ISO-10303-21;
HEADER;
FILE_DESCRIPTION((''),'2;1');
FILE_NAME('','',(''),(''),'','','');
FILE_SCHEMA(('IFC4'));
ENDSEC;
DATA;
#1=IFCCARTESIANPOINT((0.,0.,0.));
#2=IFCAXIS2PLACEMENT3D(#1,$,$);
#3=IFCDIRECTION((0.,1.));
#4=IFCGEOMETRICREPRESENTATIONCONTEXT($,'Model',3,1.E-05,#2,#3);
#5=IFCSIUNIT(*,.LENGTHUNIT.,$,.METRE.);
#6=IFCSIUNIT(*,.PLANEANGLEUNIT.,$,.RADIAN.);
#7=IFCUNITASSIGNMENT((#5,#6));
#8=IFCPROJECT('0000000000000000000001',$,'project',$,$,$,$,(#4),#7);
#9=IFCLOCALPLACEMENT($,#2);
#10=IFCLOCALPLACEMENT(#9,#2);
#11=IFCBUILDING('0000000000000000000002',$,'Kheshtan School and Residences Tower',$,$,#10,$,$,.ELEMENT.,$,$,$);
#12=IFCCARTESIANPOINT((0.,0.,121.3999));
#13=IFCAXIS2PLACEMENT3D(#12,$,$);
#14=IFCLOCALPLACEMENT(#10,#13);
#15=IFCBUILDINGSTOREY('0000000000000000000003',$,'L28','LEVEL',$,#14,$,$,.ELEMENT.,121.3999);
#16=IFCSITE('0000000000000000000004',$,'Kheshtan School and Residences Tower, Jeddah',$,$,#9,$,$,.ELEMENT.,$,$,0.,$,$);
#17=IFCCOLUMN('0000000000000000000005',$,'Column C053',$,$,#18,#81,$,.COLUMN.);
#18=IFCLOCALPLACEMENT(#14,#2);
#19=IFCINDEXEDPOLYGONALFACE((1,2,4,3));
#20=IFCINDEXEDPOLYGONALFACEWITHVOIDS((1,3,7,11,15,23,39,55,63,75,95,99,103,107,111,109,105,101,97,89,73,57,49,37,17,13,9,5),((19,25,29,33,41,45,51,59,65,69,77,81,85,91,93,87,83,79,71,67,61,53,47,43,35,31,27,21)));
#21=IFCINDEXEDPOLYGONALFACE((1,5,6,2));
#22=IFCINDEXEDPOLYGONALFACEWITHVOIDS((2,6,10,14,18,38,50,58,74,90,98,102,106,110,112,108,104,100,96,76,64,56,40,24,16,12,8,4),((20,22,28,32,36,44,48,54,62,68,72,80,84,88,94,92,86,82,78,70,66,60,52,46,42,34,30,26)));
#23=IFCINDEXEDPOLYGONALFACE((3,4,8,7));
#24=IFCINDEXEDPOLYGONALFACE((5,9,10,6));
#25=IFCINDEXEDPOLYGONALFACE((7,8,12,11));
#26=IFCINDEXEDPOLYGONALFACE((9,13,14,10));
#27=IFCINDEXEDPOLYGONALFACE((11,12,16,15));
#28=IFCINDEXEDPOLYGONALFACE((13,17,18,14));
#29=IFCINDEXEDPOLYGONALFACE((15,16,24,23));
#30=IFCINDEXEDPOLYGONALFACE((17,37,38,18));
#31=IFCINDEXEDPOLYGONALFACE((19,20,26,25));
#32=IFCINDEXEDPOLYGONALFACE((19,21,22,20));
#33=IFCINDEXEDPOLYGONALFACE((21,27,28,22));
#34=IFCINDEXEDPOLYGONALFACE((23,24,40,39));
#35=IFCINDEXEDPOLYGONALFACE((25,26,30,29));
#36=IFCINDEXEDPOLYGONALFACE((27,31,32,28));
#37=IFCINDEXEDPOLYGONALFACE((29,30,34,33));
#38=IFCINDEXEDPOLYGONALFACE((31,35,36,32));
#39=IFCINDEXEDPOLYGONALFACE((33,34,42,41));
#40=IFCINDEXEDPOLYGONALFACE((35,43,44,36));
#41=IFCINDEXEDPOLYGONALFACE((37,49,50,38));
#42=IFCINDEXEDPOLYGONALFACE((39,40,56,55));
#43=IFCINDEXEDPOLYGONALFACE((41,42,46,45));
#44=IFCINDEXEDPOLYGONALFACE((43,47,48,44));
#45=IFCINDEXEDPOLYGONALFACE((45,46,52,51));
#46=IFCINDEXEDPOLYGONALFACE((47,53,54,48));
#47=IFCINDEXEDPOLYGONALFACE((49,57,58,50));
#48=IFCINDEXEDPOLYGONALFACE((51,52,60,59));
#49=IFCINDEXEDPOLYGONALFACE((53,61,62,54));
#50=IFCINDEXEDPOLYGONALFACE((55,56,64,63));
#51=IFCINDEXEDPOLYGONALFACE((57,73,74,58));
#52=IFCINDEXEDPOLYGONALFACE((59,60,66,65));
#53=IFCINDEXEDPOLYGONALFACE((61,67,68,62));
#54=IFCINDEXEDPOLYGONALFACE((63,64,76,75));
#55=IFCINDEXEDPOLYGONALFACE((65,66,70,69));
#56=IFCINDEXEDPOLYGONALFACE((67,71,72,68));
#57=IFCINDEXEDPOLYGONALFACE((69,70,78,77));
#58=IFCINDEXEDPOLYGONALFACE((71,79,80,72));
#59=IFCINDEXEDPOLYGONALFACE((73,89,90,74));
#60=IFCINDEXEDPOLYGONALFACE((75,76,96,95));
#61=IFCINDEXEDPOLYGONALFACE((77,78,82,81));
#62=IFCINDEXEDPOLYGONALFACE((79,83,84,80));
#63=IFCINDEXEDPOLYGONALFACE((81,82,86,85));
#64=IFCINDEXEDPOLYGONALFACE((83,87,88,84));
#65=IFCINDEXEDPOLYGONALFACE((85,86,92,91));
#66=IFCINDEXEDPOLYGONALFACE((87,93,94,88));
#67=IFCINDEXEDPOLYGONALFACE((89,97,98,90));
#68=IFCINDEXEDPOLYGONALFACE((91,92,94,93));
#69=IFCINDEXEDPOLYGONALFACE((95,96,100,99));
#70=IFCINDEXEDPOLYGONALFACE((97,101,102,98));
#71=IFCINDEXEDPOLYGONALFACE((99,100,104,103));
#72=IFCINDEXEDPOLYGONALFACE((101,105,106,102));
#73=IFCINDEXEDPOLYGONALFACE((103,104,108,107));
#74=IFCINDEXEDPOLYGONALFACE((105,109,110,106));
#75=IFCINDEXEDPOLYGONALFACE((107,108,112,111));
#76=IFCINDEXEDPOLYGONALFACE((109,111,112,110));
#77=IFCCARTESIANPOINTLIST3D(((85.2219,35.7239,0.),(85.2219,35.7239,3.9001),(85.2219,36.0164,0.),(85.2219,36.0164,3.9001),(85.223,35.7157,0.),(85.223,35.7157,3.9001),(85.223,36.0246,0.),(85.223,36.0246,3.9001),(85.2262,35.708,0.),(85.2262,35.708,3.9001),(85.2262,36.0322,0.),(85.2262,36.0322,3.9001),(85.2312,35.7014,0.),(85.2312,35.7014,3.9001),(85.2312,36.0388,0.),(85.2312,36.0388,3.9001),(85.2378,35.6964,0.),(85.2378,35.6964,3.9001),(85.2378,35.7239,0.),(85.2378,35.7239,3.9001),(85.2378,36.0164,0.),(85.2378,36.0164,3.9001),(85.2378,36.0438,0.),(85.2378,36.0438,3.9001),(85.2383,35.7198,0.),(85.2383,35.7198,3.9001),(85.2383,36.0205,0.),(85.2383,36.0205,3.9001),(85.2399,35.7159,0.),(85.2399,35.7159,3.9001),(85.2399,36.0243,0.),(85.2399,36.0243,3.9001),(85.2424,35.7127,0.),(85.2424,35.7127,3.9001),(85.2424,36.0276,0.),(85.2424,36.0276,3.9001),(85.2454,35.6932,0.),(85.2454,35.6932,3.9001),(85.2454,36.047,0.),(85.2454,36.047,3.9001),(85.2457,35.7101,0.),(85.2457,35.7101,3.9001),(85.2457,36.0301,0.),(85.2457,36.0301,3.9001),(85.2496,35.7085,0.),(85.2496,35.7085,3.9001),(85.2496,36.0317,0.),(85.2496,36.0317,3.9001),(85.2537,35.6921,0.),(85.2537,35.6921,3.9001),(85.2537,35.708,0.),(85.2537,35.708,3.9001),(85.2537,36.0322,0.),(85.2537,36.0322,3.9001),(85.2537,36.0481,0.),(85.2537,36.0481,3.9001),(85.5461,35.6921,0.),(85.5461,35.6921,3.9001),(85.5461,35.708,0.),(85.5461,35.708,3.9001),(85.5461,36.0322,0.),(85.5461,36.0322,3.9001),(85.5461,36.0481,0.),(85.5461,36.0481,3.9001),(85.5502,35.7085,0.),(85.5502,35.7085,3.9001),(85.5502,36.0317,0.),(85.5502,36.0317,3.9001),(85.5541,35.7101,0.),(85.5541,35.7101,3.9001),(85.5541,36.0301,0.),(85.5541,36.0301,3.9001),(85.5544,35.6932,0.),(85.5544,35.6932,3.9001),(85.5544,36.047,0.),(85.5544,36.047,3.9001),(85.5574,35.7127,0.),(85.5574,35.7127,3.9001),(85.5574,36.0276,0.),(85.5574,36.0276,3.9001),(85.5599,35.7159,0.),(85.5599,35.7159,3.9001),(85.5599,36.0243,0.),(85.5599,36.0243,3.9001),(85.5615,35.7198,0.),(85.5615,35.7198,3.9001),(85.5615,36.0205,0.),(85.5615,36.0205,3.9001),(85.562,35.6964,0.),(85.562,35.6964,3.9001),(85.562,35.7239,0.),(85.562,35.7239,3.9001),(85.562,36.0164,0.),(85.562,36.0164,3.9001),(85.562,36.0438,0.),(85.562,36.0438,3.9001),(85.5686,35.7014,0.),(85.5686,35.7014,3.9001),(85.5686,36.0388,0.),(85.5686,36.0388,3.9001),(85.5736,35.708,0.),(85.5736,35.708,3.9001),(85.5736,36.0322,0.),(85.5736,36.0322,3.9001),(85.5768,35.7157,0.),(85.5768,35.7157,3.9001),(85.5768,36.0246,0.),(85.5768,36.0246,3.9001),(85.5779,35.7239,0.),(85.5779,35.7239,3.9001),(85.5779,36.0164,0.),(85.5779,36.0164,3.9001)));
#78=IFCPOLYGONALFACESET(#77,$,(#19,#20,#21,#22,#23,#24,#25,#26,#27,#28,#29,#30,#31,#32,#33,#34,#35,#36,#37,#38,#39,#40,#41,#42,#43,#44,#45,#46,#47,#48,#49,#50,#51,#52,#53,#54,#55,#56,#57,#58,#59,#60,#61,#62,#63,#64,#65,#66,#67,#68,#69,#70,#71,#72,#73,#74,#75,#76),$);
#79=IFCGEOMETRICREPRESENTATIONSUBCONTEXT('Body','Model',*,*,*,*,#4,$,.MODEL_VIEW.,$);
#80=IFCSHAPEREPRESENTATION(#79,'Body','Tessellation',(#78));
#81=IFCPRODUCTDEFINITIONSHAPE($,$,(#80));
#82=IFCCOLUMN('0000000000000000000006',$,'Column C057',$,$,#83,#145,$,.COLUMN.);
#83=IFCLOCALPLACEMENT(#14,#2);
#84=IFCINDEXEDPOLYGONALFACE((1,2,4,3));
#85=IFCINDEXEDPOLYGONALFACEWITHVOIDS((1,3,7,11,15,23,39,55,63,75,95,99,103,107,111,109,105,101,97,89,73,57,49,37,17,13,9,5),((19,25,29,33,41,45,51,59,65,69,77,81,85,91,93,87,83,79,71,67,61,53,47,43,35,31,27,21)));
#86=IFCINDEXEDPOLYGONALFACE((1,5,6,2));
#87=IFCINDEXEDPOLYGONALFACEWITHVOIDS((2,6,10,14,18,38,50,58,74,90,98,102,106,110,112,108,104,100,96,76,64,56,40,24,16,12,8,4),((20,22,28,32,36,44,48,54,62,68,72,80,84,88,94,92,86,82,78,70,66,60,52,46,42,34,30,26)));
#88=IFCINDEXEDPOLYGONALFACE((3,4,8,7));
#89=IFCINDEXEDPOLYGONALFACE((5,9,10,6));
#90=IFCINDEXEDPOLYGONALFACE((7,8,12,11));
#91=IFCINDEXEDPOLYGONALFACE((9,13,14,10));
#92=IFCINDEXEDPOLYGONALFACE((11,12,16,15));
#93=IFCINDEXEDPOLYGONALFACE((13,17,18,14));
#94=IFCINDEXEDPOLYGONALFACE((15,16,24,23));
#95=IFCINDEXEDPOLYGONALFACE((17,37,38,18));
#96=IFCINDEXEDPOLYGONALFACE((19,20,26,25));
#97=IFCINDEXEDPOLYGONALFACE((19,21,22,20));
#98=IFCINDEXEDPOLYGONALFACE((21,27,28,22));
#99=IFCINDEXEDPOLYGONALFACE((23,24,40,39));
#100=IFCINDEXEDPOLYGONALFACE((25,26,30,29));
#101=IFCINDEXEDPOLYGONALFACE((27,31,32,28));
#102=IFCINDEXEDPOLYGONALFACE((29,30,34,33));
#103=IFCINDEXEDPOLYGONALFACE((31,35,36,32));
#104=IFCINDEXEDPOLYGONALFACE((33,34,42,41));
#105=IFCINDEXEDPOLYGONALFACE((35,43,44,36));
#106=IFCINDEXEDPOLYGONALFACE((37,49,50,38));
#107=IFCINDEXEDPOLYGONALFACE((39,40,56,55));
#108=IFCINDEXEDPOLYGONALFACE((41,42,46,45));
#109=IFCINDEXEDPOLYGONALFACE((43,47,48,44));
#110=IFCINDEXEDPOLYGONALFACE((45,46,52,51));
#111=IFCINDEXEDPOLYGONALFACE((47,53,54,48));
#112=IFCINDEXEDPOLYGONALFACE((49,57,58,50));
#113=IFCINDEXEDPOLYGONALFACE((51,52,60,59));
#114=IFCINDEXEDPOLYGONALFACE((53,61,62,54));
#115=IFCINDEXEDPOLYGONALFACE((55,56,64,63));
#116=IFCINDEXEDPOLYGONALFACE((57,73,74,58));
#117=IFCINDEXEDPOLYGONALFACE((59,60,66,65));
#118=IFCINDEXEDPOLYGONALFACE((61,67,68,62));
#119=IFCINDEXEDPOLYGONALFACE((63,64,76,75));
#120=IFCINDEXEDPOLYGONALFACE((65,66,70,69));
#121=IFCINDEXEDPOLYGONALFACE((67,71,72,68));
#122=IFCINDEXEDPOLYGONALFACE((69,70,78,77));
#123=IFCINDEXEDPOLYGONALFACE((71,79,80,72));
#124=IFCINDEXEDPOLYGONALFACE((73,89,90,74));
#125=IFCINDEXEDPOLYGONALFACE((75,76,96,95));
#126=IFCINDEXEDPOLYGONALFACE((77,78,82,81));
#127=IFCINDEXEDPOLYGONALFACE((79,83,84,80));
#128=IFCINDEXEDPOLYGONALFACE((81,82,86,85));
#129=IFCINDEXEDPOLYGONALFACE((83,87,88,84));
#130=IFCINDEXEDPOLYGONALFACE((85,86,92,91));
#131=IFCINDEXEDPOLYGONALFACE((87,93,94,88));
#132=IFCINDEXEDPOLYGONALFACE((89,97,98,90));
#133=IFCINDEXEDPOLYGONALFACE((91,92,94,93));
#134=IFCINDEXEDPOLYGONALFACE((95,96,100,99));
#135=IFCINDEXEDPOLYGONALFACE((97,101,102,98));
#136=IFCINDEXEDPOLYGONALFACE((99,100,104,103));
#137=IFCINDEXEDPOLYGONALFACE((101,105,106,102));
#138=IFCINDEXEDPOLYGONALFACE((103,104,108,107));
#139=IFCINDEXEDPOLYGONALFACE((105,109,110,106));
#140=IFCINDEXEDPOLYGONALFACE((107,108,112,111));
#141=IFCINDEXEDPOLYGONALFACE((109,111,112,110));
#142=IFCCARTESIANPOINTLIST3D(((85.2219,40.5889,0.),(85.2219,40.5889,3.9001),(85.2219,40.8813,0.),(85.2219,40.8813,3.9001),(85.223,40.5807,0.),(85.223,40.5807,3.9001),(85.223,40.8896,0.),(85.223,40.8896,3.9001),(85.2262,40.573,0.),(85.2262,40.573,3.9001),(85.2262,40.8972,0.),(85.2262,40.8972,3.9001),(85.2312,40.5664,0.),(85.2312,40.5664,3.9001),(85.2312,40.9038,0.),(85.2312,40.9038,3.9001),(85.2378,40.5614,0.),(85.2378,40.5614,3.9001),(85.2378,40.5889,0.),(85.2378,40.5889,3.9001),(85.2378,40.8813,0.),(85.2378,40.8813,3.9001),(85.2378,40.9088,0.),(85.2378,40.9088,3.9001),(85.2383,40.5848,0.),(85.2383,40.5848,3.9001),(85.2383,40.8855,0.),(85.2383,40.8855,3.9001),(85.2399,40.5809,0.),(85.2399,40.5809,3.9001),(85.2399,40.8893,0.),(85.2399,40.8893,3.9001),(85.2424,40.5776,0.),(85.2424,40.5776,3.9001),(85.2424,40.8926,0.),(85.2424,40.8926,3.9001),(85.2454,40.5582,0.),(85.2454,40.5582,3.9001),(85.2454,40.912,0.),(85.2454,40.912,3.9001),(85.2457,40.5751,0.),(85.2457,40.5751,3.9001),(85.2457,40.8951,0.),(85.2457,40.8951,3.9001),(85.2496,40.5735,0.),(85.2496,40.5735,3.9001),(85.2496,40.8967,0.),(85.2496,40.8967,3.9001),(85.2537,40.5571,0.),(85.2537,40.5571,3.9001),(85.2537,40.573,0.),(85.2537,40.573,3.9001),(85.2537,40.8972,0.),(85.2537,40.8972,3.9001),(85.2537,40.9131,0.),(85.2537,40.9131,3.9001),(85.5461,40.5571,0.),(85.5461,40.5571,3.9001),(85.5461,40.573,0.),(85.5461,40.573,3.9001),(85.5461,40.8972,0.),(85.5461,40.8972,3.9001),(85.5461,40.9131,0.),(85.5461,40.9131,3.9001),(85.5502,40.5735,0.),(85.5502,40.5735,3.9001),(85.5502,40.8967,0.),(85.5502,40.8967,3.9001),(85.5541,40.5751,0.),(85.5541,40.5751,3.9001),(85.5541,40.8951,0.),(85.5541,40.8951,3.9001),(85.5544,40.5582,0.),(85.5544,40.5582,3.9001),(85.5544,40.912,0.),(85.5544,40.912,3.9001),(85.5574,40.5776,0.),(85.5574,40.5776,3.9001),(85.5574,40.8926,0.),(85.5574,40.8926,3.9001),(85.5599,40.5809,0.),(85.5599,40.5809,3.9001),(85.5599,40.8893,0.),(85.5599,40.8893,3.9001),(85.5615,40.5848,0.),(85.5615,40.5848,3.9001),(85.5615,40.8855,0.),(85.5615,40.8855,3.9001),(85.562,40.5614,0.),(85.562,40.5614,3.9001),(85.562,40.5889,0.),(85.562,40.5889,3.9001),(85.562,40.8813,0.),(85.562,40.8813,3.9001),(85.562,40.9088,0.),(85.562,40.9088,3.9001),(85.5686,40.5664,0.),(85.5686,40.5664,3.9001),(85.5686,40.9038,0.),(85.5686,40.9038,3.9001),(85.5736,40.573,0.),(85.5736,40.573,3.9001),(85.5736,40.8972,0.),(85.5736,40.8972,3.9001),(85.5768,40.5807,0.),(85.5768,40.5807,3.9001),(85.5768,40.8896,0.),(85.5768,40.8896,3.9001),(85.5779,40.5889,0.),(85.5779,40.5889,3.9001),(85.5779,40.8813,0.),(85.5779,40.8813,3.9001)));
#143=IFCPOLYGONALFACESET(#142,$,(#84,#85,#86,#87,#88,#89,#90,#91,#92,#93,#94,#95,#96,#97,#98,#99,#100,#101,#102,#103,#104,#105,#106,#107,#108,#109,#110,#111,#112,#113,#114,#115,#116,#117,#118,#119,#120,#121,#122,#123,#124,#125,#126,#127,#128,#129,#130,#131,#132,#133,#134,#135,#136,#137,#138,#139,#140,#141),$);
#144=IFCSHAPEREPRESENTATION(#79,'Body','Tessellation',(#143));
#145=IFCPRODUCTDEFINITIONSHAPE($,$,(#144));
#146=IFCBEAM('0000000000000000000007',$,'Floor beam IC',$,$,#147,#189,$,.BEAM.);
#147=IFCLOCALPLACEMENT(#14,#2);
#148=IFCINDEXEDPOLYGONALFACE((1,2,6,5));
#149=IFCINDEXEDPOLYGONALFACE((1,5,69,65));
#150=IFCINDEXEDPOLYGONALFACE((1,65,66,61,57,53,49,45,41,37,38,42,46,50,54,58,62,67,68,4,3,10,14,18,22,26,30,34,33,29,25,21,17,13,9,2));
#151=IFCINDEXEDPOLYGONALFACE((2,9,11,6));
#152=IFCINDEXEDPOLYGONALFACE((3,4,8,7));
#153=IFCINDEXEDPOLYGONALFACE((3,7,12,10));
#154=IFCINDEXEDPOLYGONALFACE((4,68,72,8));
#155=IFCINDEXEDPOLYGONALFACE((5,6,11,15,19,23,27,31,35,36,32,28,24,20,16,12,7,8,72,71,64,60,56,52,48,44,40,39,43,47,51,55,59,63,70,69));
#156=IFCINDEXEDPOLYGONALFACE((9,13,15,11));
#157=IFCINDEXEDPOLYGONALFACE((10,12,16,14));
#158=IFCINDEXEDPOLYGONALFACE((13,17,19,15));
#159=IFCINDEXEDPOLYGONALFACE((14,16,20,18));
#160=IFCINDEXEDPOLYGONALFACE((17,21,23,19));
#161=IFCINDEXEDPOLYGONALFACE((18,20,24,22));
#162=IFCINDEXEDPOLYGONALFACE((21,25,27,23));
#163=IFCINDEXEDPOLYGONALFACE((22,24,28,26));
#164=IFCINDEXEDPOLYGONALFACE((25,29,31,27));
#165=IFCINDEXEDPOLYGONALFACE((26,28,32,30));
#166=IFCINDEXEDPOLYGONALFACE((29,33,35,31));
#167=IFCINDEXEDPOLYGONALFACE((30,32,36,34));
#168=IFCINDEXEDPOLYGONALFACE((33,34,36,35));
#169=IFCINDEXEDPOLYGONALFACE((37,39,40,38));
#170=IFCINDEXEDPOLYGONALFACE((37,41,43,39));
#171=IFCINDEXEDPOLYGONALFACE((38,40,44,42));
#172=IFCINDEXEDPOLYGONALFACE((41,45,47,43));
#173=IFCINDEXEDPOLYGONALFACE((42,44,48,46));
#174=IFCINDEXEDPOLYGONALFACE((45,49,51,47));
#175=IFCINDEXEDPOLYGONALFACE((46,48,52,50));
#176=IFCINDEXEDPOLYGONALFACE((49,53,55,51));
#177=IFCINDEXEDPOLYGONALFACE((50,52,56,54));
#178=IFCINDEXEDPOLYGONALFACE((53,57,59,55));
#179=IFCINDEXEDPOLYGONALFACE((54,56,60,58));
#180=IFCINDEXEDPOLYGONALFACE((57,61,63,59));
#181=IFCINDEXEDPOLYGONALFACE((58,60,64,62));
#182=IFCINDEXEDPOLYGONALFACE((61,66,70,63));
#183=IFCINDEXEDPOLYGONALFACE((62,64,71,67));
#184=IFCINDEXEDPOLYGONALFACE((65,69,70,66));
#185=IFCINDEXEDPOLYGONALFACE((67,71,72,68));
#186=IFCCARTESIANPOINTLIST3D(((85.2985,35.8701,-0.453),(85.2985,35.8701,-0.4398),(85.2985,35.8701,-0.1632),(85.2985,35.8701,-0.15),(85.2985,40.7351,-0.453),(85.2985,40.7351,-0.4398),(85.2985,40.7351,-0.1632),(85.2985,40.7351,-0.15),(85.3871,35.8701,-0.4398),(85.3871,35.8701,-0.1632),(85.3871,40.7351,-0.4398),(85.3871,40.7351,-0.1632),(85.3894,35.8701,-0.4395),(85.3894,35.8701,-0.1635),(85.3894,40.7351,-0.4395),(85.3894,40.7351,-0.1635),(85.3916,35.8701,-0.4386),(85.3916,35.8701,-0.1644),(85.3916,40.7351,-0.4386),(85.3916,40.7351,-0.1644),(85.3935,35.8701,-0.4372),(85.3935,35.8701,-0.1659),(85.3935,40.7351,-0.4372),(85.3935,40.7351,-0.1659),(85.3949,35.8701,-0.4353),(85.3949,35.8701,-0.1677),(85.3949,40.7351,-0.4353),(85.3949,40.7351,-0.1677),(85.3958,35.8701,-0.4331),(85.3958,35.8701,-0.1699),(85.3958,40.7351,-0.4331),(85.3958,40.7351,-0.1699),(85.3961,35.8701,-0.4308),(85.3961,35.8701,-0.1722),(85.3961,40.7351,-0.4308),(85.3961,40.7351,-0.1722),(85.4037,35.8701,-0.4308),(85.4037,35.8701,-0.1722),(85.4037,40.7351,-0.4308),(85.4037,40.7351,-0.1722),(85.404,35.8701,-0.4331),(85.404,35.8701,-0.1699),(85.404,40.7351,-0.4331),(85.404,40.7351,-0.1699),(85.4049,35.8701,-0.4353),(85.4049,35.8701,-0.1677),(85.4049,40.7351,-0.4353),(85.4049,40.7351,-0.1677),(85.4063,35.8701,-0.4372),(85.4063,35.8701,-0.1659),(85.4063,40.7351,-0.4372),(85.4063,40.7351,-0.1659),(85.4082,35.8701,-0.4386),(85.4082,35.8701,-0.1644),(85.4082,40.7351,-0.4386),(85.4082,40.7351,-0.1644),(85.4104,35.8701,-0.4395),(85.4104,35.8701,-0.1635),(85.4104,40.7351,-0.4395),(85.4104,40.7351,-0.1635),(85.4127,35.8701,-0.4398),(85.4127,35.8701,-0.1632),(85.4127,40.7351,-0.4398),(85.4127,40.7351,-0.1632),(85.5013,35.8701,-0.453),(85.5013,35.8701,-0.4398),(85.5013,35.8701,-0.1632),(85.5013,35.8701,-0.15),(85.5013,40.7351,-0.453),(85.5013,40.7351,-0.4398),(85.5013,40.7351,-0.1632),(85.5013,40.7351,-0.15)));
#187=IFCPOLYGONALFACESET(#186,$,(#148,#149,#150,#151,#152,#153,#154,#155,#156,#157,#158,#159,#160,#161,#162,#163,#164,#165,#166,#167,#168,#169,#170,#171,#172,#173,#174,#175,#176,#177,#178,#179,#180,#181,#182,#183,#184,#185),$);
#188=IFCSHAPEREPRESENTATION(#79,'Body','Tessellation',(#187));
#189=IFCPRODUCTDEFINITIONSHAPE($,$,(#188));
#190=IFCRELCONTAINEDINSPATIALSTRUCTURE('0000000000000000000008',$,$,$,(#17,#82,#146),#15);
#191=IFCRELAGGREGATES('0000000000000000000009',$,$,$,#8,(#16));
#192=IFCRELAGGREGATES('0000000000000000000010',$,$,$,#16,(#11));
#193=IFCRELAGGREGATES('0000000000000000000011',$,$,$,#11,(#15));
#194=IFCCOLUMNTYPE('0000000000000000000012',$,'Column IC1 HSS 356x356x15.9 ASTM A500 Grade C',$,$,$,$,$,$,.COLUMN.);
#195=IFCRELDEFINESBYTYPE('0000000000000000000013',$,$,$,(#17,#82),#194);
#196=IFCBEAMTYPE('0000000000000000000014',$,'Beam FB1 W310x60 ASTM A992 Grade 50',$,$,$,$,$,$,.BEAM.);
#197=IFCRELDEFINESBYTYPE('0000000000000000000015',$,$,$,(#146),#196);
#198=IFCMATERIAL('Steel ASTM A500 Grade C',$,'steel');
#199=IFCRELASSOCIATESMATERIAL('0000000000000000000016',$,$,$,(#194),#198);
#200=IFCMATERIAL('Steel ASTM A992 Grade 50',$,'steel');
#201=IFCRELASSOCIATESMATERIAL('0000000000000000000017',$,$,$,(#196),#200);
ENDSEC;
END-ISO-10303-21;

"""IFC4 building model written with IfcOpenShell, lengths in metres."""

from ifc_helpers import new_model, si_unit, direction, frame, origin, origin_2d, place, context, subcontext, project, spatial, hollow_rectangle, i_section, extrude, material, material_profile, profile_set, type_object, element, save


model = new_model("IFC4")

# Units and contexts
model_context = context("Model", 3, precision=1e-05, world=origin(), true_north=direction((0.0, 1.0)))
body_context = subcontext(model_context, "Body", "Model", "MODEL_VIEW")
ifc_project = project(units=[si_unit("LENGTHUNIT", "METRE"), si_unit("PLANEANGLEUNIT", "RADIAN")], contexts=[model_context])

# Site, building, storey
site_placement = place(None, origin())
site = spatial("IfcSite", under=ifc_project, at=site_placement, Name="Kheshtan School and Residences Tower, Jeddah", CompositionType="ELEMENT", RefElevation=0.0)
building_placement = place(site_placement, origin())
building = spatial("IfcBuilding", under=site, at=building_placement, Name="Kheshtan School and Residences Tower", CompositionType="ELEMENT")
storey_placement = place(building_placement, frame((0.0, 0.0, 121.3999)))
storey = spatial("IfcBuildingStorey", under=building, at=storey_placement, Name="L28", Description="LEVEL", CompositionType="ELEMENT", Elevation=121.3999)

# Columns
ifc_material_1 = material(Name="Steel ASTM A992 Grade 50", Category="steel")
ifc_material_2 = material(Name="Steel ASTM A500 Grade C", Category="steel")
ifc_material_profile_1 = material_profile(ifc_material_2, hollow_rectangle(XDim=0.356, YDim=0.356, WallThickness=0.0159, InnerFilletRadius=0.0159, OuterFilletRadius=0.0317, at=origin_2d()), Name="HSS 356x356x15.9")
ifc_profile_set_1 = profile_set([ifc_material_profile_1], Name="Steel ASTM A500 Grade C")
column_type_1 = type_object("IfcColumnType", Name="Column IC1 HSS 356x356x15.9 ASTM A500 Grade C", PredefinedType="COLUMN", material=ifc_profile_set_1)
for number, where, z_axis, x_axis, name in (
    (1, (85.3999, 35.8701, 0.0), (0.0, 0.0, 1.0), (1.0, 0.0, 0.0), "Column C053"),
    (2, (85.3999, 40.7351, 0.0), (0.0, 0.0, 1.0), (1.0, 0.0, 0.0), "Column C057"),
):
    element("IfcColumn", number, at=place(storey_placement, frame(where, z_axis=z_axis, x_axis=x_axis)), inside=storey, type_object=column_type_1, Name=name, PredefinedType="COLUMN", context=body_context, shape_type="SweptSolid", body=[
        extrude(hollow_rectangle(XDim=0.356, YDim=0.356, WallThickness=0.0159, InnerFilletRadius=0.0159, OuterFilletRadius=0.0317, at=origin_2d()), origin(), (0.0, 0.0, 1.0), 3.9001),
    ])

# Beam
ifc_material_profile_2 = material_profile(ifc_material_1, i_section(OverallWidth=0.2029, OverallDepth=0.303, WebThickness=0.0076, FlangeThickness=0.0132, FilletRadius=0.009, at=origin_2d()), Name="W310x60")
ifc_profile_set_2 = profile_set([ifc_material_profile_2], Name="Steel ASTM A992 Grade 50")
beam_type_1 = type_object("IfcBeamType", Name="Beam FB1 W310x60 ASTM A992 Grade 50", PredefinedType="BEAM", material=ifc_profile_set_2)
beam_placement = place(storey_placement, frame((85.3999, 40.7351, -0.3015), z_axis=(0.0, -1.0, 0.0), x_axis=(1.0, 0.0, 0.0)))
element("IfcBeam", 3, at=beam_placement, inside=storey, type_object=beam_type_1, Name="Floor beam IC", PredefinedType="BEAM", context=body_context, shape_type="SweptSolid", body=[
    extrude(i_section(OverallWidth=0.2029, OverallDepth=0.303, WebThickness=0.0076, FlangeThickness=0.0132, FilletRadius=0.009, at=origin_2d()), origin(), (0.0, 0.0, 1.0), 4.865),
])

save(model, "model.ifc")
